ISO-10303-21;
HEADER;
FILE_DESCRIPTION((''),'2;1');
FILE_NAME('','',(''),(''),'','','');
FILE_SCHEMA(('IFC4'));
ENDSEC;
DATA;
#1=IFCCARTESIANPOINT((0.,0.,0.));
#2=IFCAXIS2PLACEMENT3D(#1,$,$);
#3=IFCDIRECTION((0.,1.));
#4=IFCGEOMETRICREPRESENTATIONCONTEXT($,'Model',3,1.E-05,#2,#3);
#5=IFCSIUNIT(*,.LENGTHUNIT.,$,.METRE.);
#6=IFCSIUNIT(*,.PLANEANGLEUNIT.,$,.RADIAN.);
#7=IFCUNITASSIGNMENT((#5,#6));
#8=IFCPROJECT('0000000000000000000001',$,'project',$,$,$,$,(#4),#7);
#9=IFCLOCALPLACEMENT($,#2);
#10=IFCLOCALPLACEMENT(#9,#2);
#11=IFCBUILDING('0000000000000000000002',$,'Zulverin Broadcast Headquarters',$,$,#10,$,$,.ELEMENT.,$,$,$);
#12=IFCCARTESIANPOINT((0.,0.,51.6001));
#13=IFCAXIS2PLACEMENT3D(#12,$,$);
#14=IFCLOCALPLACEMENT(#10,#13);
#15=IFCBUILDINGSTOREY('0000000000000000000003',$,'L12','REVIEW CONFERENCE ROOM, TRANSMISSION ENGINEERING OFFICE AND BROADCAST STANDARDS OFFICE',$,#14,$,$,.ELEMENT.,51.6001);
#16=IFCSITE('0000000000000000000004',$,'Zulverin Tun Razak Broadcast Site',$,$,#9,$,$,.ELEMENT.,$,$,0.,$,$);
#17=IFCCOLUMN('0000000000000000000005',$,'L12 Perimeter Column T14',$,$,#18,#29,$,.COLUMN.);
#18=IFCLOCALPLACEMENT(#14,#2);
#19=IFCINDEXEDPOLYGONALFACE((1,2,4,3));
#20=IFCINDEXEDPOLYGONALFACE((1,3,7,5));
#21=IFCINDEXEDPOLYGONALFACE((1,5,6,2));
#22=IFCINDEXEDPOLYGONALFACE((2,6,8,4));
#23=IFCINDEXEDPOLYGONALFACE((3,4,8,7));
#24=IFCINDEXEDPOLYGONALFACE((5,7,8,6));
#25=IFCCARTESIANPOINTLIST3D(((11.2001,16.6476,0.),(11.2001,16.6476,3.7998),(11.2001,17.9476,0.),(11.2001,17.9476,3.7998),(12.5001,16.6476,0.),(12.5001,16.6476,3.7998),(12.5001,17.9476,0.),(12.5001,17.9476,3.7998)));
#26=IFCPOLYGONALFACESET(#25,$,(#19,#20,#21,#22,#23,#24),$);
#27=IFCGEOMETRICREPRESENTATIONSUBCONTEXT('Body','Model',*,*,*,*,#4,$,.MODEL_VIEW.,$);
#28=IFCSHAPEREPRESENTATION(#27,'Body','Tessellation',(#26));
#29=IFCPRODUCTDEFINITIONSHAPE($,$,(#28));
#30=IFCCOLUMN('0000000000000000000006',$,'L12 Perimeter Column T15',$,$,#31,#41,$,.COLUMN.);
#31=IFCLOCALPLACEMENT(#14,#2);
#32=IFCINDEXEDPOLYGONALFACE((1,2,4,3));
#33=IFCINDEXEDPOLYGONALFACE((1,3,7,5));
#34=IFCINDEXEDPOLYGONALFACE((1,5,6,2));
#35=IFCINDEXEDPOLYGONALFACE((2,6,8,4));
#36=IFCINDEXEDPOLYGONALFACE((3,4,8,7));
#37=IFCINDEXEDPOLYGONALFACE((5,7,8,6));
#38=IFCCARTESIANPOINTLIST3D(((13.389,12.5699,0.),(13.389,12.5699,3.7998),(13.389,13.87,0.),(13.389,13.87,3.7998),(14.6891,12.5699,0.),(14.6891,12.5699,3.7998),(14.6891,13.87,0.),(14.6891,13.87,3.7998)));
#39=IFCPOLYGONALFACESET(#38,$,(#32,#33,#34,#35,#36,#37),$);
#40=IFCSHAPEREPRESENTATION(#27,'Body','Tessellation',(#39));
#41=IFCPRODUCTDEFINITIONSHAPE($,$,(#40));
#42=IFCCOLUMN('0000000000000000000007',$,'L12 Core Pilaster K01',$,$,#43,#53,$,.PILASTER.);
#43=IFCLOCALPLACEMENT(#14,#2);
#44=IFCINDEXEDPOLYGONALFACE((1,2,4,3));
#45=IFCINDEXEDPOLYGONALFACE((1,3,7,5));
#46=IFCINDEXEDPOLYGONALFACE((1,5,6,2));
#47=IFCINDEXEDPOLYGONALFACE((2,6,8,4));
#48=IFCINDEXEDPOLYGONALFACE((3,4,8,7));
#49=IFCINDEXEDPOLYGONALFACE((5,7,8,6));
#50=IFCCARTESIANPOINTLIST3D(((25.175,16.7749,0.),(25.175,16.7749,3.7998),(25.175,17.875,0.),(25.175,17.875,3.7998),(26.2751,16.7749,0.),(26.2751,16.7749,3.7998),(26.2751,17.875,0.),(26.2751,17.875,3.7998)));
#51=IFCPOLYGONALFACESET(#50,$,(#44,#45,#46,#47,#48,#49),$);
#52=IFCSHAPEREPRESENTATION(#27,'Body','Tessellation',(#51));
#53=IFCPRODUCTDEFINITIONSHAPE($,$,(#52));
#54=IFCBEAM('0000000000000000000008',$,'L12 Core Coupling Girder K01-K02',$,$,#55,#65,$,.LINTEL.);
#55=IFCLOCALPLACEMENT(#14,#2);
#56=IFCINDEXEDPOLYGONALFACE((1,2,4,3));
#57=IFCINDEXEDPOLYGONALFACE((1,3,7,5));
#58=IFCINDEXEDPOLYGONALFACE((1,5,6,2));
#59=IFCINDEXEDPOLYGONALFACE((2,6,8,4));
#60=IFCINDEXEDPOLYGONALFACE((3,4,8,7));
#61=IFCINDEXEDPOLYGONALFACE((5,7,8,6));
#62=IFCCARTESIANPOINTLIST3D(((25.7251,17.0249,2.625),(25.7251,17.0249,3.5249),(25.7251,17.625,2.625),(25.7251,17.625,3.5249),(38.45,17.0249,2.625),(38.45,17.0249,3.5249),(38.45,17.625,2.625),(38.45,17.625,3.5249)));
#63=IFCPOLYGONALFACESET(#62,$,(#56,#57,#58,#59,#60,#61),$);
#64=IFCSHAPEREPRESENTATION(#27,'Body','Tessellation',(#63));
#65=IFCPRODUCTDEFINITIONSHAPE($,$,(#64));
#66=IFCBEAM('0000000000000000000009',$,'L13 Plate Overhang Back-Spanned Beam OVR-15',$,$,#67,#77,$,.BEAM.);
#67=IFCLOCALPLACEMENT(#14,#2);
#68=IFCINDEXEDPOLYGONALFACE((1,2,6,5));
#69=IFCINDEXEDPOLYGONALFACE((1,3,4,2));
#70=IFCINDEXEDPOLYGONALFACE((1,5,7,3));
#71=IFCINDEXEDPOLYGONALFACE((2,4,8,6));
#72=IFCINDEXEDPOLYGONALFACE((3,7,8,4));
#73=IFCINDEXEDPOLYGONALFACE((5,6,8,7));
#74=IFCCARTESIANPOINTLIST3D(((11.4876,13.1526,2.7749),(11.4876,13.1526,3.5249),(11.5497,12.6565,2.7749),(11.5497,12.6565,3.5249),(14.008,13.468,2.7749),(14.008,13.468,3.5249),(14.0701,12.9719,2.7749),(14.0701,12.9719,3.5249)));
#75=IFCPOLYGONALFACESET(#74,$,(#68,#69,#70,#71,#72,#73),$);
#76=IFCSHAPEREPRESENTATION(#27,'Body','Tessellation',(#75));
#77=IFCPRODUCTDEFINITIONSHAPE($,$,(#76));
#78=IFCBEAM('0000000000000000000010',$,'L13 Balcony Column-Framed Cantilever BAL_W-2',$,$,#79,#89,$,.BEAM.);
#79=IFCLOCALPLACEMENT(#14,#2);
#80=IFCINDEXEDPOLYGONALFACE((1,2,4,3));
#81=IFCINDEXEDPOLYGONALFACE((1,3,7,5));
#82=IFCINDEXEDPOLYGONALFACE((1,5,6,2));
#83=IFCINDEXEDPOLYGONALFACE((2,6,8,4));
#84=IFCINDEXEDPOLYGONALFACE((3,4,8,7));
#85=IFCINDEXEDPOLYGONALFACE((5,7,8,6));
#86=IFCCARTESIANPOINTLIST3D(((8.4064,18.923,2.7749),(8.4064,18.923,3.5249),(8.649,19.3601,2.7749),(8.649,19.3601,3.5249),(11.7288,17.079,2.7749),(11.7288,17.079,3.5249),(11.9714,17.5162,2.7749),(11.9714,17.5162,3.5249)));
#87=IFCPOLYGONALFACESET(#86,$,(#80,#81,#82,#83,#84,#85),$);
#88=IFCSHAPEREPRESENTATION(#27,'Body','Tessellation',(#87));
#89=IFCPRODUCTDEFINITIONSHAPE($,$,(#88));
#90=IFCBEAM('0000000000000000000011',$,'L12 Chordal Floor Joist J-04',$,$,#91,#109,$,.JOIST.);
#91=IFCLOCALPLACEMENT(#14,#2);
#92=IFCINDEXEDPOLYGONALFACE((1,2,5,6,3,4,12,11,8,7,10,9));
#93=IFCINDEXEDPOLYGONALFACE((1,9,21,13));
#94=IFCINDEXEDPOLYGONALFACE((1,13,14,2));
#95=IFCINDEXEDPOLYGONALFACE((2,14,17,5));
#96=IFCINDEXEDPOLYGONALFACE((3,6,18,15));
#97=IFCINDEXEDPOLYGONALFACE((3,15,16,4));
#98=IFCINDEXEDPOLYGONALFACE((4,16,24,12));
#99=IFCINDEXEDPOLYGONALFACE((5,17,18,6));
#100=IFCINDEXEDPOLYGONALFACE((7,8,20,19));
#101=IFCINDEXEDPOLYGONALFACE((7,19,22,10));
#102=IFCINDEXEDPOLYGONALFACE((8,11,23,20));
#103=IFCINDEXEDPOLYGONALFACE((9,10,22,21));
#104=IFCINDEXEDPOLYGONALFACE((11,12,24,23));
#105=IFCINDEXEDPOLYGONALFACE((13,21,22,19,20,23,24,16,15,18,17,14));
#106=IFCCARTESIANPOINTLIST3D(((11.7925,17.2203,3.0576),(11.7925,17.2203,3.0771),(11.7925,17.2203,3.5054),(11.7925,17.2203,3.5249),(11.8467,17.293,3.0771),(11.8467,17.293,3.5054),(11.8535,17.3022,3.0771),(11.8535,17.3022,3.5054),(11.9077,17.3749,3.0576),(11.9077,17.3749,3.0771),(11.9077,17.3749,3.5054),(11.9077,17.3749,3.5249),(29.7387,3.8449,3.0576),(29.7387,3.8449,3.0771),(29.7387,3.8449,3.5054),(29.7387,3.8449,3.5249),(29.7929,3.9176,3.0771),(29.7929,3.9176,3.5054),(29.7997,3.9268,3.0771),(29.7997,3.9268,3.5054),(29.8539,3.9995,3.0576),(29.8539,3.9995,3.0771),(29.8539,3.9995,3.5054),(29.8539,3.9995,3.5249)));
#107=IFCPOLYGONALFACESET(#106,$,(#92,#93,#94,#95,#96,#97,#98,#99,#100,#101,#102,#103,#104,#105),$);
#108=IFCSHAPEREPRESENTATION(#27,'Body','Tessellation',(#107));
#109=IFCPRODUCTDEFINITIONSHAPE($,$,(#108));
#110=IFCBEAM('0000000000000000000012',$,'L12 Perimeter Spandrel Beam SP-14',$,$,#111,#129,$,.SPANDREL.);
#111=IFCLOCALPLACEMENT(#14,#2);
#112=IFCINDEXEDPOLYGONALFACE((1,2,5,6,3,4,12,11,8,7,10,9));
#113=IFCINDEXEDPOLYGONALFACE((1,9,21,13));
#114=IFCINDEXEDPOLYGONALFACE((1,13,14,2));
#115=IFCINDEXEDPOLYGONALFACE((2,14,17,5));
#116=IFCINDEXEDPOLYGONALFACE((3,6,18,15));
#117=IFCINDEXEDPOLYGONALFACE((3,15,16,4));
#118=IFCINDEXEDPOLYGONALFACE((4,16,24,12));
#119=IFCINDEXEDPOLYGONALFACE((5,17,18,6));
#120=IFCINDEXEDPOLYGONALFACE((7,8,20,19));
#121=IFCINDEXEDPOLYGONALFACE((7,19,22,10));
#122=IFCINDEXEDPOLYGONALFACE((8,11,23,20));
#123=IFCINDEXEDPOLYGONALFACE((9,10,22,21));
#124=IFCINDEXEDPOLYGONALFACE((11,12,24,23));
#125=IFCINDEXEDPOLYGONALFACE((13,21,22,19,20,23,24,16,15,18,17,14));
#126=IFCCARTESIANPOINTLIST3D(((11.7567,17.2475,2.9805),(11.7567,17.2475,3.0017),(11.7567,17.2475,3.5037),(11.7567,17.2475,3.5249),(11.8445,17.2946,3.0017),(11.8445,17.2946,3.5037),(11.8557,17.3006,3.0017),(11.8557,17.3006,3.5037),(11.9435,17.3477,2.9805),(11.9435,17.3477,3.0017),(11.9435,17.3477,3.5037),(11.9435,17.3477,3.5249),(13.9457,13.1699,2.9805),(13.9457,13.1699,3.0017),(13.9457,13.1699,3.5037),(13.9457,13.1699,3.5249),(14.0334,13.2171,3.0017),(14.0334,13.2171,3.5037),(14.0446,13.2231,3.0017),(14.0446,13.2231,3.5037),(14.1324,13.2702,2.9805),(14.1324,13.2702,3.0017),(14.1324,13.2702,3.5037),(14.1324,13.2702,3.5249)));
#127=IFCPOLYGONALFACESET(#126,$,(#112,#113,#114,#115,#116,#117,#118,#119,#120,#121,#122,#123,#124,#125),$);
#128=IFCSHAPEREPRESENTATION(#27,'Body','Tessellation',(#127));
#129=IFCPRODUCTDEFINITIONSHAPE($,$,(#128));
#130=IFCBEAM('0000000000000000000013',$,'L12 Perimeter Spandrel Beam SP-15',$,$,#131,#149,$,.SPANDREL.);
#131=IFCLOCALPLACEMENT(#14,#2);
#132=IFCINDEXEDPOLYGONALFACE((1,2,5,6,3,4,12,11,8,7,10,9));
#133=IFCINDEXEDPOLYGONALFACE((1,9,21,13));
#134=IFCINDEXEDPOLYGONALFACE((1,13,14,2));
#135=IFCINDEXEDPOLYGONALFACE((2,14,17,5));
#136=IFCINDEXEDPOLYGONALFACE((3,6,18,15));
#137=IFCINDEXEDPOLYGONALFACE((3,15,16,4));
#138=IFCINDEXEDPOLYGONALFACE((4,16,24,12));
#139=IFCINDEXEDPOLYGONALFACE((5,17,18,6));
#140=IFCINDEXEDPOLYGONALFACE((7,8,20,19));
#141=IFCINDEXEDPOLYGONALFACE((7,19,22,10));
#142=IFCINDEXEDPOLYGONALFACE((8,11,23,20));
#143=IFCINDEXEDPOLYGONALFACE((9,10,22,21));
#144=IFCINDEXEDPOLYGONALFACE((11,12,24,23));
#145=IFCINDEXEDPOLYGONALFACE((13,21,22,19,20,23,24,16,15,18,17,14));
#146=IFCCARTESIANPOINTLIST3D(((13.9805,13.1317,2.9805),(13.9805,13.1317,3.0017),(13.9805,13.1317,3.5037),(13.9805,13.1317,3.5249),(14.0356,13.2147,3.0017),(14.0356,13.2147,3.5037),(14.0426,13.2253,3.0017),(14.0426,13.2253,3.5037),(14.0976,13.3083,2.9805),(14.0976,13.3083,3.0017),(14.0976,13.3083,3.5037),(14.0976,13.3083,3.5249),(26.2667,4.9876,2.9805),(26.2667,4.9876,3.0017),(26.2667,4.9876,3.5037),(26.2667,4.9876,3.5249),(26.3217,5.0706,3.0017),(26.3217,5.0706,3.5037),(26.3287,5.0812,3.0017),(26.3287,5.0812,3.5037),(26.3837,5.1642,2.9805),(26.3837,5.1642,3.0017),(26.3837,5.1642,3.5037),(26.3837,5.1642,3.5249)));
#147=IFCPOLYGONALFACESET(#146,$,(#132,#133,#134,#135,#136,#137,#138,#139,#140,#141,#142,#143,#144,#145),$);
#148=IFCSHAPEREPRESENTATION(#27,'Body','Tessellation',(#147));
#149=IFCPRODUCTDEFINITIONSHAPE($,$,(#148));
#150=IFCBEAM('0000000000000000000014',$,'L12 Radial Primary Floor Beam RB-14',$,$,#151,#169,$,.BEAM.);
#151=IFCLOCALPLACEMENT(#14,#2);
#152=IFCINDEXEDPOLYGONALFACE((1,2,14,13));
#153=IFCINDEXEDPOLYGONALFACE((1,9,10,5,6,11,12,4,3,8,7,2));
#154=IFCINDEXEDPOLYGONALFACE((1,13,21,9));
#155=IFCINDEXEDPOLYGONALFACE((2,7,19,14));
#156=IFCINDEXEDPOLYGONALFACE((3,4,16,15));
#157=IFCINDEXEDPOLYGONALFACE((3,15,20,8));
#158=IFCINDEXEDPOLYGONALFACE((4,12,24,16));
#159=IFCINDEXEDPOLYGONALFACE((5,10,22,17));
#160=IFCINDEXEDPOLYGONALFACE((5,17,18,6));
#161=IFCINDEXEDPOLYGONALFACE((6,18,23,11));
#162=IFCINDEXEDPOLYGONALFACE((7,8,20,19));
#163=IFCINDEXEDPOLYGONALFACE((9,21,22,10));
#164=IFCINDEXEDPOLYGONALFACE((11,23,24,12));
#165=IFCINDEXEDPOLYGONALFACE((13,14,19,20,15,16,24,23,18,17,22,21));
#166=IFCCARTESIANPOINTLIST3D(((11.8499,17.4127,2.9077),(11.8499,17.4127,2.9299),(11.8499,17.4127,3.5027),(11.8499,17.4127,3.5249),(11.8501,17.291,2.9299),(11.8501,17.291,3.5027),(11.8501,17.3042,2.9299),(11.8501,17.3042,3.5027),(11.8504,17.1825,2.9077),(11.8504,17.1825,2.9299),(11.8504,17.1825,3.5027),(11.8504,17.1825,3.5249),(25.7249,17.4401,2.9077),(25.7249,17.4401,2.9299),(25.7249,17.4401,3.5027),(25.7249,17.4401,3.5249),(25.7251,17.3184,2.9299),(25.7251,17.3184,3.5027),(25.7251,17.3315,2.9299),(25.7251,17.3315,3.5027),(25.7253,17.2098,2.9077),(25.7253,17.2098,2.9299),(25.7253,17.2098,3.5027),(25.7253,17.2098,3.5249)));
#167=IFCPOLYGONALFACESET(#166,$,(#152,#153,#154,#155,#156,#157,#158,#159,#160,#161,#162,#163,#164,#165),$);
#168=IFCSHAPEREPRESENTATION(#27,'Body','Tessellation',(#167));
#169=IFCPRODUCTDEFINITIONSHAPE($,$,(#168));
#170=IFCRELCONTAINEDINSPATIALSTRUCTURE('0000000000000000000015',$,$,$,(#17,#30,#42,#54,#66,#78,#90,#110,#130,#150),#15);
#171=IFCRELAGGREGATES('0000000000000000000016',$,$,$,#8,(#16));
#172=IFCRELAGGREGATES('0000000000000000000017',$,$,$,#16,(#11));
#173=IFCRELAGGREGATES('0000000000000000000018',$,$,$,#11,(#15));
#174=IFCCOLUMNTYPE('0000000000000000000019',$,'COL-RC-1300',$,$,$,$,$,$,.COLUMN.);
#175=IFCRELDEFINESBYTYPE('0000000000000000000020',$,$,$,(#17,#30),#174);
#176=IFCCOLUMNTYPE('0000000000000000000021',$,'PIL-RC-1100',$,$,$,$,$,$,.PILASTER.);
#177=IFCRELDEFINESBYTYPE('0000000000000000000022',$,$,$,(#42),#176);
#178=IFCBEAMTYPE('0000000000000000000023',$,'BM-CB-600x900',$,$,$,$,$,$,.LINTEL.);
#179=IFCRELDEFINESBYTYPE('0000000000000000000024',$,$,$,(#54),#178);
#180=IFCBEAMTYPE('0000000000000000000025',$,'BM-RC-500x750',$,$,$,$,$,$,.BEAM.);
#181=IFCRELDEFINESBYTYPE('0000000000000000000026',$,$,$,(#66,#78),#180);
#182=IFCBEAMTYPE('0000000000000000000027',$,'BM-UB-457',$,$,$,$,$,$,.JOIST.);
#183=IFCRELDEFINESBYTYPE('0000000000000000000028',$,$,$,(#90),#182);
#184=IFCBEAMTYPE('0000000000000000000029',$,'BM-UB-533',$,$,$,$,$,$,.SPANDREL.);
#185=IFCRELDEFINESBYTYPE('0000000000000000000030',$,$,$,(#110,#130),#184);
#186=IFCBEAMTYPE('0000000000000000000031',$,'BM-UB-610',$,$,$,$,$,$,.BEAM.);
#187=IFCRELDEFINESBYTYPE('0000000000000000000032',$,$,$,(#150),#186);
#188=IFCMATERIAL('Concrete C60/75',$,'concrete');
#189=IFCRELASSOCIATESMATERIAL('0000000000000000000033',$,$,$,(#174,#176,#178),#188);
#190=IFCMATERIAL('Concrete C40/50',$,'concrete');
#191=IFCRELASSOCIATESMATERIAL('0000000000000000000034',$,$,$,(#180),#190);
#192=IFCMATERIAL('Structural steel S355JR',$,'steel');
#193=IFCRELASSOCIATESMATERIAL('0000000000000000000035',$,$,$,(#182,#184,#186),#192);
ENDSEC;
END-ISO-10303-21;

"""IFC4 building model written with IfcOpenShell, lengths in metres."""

from ifc_helpers import new_model, si_unit, direction, frame, origin, origin_2d, place, context, subcontext, project, spatial, rectangle, i_section, extrude, material, material_profile, profile_set, type_object, element, save


model = new_model("IFC4")

# Units and contexts
model_context = context("Model", 3, precision=1e-05, world=origin(), true_north=direction((0.0, 1.0)))
body_context = subcontext(model_context, "Body", "Model", "MODEL_VIEW")
ifc_project = project(units=[si_unit("LENGTHUNIT", "METRE"), si_unit("PLANEANGLEUNIT", "RADIAN")], contexts=[model_context])

# Site, building, storey
site_placement = place(None, origin())
site = spatial("IfcSite", under=ifc_project, at=site_placement, Name="Zulverin Tun Razak Broadcast Site", CompositionType="ELEMENT", RefElevation=0.0)
building_placement = place(site_placement, origin())
building = spatial("IfcBuilding", under=site, at=building_placement, Name="Zulverin Broadcast Headquarters", CompositionType="ELEMENT")
storey_placement = place(building_placement, frame((0.0, 0.0, 51.6001)))
storey = spatial("IfcBuildingStorey", under=building, at=storey_placement, Name="L12", Description="REVIEW CONFERENCE ROOM, TRANSMISSION ENGINEERING OFFICE AND BROADCAST STANDARDS OFFICE", CompositionType="ELEMENT", Elevation=51.6001)

# Columns
ifc_material_1 = material(Name="Concrete C60/75", Category="concrete")
ifc_material_profile_1 = material_profile(ifc_material_1, rectangle(XDim=1.3, YDim=1.3, at=origin_2d()), Name="Concrete C60/75", Category="concrete")
ifc_profile_set_1 = profile_set([ifc_material_profile_1], Name="Concrete C60/75")
column_type_1 = type_object("IfcColumnType", Name="COL-RC-1300", PredefinedType="COLUMN", material=ifc_profile_set_1)
for number, where, z_axis, x_axis, name in (
    (1, (11.8501, 17.2976, 0.0), (0.0, 0.0, 1.0), (1.0, 0.0, 0.0), "L12 Perimeter Column T14"),
    (2, (14.0391, 13.22, 0.0), (0.0, 0.0, 1.0), (1.0, 0.0, 0.0), "L12 Perimeter Column T15"),
):
    element("IfcColumn", number, at=place(storey_placement, frame(where, z_axis=z_axis, x_axis=x_axis)), inside=storey, type_object=column_type_1, Name=name, PredefinedType="COLUMN", context=body_context, shape_type="SweptSolid", body=[
        extrude(rectangle(XDim=1.3, YDim=1.3, at=origin_2d()), origin(), (0.0, 0.0, 1.0), 3.7998),
    ])
ifc_material_profile_2 = material_profile(ifc_material_1, rectangle(XDim=1.1001, YDim=1.1001, at=origin_2d()), Name="Concrete C60/75", Category="concrete")
ifc_profile_set_2 = profile_set([ifc_material_profile_2], Name="Concrete C60/75")
column_type_2 = type_object("IfcColumnType", Name="PIL-RC-1100", PredefinedType="PILASTER", material=ifc_profile_set_2)
column_placement = place(storey_placement, frame((25.7251, 17.325, 0.0), z_axis=(0.0, 0.0, 1.0), x_axis=(1.0, 0.0, 0.0)))
element("IfcColumn", 3, at=column_placement, inside=storey, type_object=column_type_2, Name="L12 Core Pilaster K01", PredefinedType="PILASTER", context=body_context, shape_type="SweptSolid", body=[
    extrude(rectangle(XDim=1.1001, YDim=1.1001, at=origin_2d()), origin(), (0.0, 0.0, 1.0), 3.7998),
])

# Beams
ifc_material_profile_3 = material_profile(ifc_material_1, rectangle(XDim=0.6001, YDim=0.8999, at=origin_2d()), Name="Concrete C60/75", Category="concrete")
ifc_profile_set_3 = profile_set([ifc_material_profile_3], Name="Concrete C60/75")
beam_type_1 = type_object("IfcBeamType", Name="BM-CB-600x900", PredefinedType="LINTEL", material=ifc_profile_set_3)
beam_1_placement = place(storey_placement, frame((25.7251, 17.325, 3.075), z_axis=(1.0, 0.0, 0.0), x_axis=(0.0, 1.0, 0.0)))
element("IfcBeam", 4, at=beam_1_placement, inside=storey, type_object=beam_type_1, Name="L12 Core Coupling Girder K01-K02", PredefinedType="LINTEL", context=body_context, shape_type="SweptSolid", body=[
    extrude(rectangle(XDim=0.6001, YDim=0.8999, at=origin_2d()), origin(), (0.0, 0.0, 1.0), 12.7249),
])
ifc_material_2 = material(Name="Concrete C40/50", Category="concrete")
ifc_material_profile_4 = material_profile(ifc_material_2, rectangle(XDim=0.5, YDim=0.75, at=origin_2d()), Name="Concrete C40/50", Category="concrete")
ifc_profile_set_4 = profile_set([ifc_material_profile_4], Name="Concrete C40/50")
beam_type_2 = type_object("IfcBeamType", Name="BM-RC-500x750", PredefinedType="BEAM", material=ifc_profile_set_4)
beam_2_placement = place(storey_placement, frame((14.0391, 13.22, 3.1499), z_axis=(-0.992259, -0.124189, 0.0), x_axis=(0.124189, -0.992259, 0.0)))
element("IfcBeam", 5, at=beam_2_placement, inside=storey, type_object=beam_type_2, Name="L13 Plate Overhang Back-Spanned Beam OVR-15", PredefinedType="BEAM", context=body_context, shape_type="SweptSolid", body=[
    extrude(rectangle(XDim=0.5, YDim=0.75, at=origin_2d()), origin(), (0.0, 0.0, 1.0), 2.54),
])
beam_3_placement = place(storey_placement, frame((11.8501, 17.2976, 3.1499), z_axis=(-0.874363, 0.485272, 0.0), x_axis=(-0.485272, -0.874363, 0.0)))
element("IfcBeam", 6, at=beam_3_placement, inside=storey, type_object=beam_type_2, Name="L13 Balcony Column-Framed Cantilever BAL_W-2", PredefinedType="BEAM", context=body_context, shape_type="SweptSolid", body=[
    extrude(rectangle(XDim=0.5, YDim=0.75, at=origin_2d()), origin(), (0.0, 0.0, 1.0), 3.7998),
])
ifc_material_3 = material(Name="Structural steel S355JR", Category="steel")
ifc_material_profile_5 = material_profile(ifc_material_3, i_section(OverallWidth=0.1929, OverallDepth=0.4673, WebThickness=0.0115, FlangeThickness=0.0195, at=origin_2d()), Name="Structural steel S355JR", Category="steel")
ifc_profile_set_5 = profile_set([ifc_material_profile_5], Name="Structural steel S355JR")
beam_type_3 = type_object("IfcBeamType", Name="BM-UB-457", PredefinedType="JOIST", material=ifc_profile_set_5)
beam_4_placement = place(storey_placement, frame((11.8501, 17.2976, 3.2913), z_axis=(0.801803, -0.597589, 0.0), x_axis=(0.597589, 0.801803, 0.0)))
element("IfcBeam", 7, at=beam_4_placement, inside=storey, type_object=beam_type_3, Name="L12 Chordal Floor Joist J-04", PredefinedType="JOIST", context=body_context, shape_type="SweptSolid", body=[
    extrude(i_section(OverallWidth=0.1929, OverallDepth=0.4673, WebThickness=0.0115, FlangeThickness=0.0195, at=origin_2d()), origin(), (0.0, 0.0, 1.0), 22.3823),
])
ifc_material_profile_6 = material_profile(ifc_material_3, i_section(OverallWidth=0.2119, OverallDepth=0.5444, WebThickness=0.0127, FlangeThickness=0.0212, at=origin_2d()), Name="Structural steel S355JR", Category="steel")
ifc_profile_set_6 = profile_set([ifc_material_profile_6], Name="Structural steel S355JR")
beam_type_4 = type_object("IfcBeamType", Name="BM-UB-533", PredefinedType="SPANDREL", material=ifc_profile_set_6)
beam_5_placement = place(storey_placement, frame((11.8501, 17.2976, 3.2527), z_axis=(0.47298, -0.881073, 0.0), x_axis=(0.881073, 0.47298, 0.0)))
element("IfcBeam", 8, at=beam_5_placement, inside=storey, type_object=beam_type_4, Name="L12 Perimeter Spandrel Beam SP-14", PredefinedType="SPANDREL", context=body_context, shape_type="SweptSolid", body=[
    extrude(i_section(OverallWidth=0.2119, OverallDepth=0.5444, WebThickness=0.0127, FlangeThickness=0.0212, at=origin_2d()), origin(), (0.0, 0.0, 1.0), 4.6279),
])
beam_6_placement = place(storey_placement, frame((14.0391, 13.22, 3.2527), z_axis=(0.83351, -0.552504, 0.0), x_axis=(0.552504, 0.83351, 0.0)))
element("IfcBeam", 9, at=beam_6_placement, inside=storey, type_object=beam_type_4, Name="L12 Perimeter Spandrel Beam SP-15", PredefinedType="SPANDREL", context=body_context, shape_type="SweptSolid", body=[
    extrude(i_section(OverallWidth=0.2119, OverallDepth=0.5444, WebThickness=0.0127, FlangeThickness=0.0212, at=origin_2d()), origin(), (0.0, 0.0, 1.0), 14.7402),
])
ifc_material_profile_7 = material_profile(ifc_material_3, i_section(OverallWidth=0.2302, OverallDepth=0.6172, WebThickness=0.0132, FlangeThickness=0.0222, at=origin_2d()), Name="Structural steel S355JR", Category="steel")
ifc_profile_set_7 = profile_set([ifc_material_profile_7], Name="Structural steel S355JR")
beam_type_5 = type_object("IfcBeamType", Name="BM-UB-610", PredefinedType="BEAM", material=ifc_profile_set_7)
beam_7_placement = place(storey_placement, frame((25.7251, 17.325, 3.2163), z_axis=(-0.999998, -0.001971, 0.0), x_axis=(0.001971, -0.999998, 0.0)))
element("IfcBeam", 10, at=beam_7_placement, inside=storey, type_object=beam_type_5, Name="L12 Radial Primary Floor Beam RB-14", PredefinedType="BEAM", context=body_context, shape_type="SweptSolid", body=[
    extrude(i_section(OverallWidth=0.2302, OverallDepth=0.6172, WebThickness=0.0132, FlangeThickness=0.0222, at=origin_2d()), origin(), (0.0, 0.0, 1.0), 13.875),
])

save(model, "model.ifc")
